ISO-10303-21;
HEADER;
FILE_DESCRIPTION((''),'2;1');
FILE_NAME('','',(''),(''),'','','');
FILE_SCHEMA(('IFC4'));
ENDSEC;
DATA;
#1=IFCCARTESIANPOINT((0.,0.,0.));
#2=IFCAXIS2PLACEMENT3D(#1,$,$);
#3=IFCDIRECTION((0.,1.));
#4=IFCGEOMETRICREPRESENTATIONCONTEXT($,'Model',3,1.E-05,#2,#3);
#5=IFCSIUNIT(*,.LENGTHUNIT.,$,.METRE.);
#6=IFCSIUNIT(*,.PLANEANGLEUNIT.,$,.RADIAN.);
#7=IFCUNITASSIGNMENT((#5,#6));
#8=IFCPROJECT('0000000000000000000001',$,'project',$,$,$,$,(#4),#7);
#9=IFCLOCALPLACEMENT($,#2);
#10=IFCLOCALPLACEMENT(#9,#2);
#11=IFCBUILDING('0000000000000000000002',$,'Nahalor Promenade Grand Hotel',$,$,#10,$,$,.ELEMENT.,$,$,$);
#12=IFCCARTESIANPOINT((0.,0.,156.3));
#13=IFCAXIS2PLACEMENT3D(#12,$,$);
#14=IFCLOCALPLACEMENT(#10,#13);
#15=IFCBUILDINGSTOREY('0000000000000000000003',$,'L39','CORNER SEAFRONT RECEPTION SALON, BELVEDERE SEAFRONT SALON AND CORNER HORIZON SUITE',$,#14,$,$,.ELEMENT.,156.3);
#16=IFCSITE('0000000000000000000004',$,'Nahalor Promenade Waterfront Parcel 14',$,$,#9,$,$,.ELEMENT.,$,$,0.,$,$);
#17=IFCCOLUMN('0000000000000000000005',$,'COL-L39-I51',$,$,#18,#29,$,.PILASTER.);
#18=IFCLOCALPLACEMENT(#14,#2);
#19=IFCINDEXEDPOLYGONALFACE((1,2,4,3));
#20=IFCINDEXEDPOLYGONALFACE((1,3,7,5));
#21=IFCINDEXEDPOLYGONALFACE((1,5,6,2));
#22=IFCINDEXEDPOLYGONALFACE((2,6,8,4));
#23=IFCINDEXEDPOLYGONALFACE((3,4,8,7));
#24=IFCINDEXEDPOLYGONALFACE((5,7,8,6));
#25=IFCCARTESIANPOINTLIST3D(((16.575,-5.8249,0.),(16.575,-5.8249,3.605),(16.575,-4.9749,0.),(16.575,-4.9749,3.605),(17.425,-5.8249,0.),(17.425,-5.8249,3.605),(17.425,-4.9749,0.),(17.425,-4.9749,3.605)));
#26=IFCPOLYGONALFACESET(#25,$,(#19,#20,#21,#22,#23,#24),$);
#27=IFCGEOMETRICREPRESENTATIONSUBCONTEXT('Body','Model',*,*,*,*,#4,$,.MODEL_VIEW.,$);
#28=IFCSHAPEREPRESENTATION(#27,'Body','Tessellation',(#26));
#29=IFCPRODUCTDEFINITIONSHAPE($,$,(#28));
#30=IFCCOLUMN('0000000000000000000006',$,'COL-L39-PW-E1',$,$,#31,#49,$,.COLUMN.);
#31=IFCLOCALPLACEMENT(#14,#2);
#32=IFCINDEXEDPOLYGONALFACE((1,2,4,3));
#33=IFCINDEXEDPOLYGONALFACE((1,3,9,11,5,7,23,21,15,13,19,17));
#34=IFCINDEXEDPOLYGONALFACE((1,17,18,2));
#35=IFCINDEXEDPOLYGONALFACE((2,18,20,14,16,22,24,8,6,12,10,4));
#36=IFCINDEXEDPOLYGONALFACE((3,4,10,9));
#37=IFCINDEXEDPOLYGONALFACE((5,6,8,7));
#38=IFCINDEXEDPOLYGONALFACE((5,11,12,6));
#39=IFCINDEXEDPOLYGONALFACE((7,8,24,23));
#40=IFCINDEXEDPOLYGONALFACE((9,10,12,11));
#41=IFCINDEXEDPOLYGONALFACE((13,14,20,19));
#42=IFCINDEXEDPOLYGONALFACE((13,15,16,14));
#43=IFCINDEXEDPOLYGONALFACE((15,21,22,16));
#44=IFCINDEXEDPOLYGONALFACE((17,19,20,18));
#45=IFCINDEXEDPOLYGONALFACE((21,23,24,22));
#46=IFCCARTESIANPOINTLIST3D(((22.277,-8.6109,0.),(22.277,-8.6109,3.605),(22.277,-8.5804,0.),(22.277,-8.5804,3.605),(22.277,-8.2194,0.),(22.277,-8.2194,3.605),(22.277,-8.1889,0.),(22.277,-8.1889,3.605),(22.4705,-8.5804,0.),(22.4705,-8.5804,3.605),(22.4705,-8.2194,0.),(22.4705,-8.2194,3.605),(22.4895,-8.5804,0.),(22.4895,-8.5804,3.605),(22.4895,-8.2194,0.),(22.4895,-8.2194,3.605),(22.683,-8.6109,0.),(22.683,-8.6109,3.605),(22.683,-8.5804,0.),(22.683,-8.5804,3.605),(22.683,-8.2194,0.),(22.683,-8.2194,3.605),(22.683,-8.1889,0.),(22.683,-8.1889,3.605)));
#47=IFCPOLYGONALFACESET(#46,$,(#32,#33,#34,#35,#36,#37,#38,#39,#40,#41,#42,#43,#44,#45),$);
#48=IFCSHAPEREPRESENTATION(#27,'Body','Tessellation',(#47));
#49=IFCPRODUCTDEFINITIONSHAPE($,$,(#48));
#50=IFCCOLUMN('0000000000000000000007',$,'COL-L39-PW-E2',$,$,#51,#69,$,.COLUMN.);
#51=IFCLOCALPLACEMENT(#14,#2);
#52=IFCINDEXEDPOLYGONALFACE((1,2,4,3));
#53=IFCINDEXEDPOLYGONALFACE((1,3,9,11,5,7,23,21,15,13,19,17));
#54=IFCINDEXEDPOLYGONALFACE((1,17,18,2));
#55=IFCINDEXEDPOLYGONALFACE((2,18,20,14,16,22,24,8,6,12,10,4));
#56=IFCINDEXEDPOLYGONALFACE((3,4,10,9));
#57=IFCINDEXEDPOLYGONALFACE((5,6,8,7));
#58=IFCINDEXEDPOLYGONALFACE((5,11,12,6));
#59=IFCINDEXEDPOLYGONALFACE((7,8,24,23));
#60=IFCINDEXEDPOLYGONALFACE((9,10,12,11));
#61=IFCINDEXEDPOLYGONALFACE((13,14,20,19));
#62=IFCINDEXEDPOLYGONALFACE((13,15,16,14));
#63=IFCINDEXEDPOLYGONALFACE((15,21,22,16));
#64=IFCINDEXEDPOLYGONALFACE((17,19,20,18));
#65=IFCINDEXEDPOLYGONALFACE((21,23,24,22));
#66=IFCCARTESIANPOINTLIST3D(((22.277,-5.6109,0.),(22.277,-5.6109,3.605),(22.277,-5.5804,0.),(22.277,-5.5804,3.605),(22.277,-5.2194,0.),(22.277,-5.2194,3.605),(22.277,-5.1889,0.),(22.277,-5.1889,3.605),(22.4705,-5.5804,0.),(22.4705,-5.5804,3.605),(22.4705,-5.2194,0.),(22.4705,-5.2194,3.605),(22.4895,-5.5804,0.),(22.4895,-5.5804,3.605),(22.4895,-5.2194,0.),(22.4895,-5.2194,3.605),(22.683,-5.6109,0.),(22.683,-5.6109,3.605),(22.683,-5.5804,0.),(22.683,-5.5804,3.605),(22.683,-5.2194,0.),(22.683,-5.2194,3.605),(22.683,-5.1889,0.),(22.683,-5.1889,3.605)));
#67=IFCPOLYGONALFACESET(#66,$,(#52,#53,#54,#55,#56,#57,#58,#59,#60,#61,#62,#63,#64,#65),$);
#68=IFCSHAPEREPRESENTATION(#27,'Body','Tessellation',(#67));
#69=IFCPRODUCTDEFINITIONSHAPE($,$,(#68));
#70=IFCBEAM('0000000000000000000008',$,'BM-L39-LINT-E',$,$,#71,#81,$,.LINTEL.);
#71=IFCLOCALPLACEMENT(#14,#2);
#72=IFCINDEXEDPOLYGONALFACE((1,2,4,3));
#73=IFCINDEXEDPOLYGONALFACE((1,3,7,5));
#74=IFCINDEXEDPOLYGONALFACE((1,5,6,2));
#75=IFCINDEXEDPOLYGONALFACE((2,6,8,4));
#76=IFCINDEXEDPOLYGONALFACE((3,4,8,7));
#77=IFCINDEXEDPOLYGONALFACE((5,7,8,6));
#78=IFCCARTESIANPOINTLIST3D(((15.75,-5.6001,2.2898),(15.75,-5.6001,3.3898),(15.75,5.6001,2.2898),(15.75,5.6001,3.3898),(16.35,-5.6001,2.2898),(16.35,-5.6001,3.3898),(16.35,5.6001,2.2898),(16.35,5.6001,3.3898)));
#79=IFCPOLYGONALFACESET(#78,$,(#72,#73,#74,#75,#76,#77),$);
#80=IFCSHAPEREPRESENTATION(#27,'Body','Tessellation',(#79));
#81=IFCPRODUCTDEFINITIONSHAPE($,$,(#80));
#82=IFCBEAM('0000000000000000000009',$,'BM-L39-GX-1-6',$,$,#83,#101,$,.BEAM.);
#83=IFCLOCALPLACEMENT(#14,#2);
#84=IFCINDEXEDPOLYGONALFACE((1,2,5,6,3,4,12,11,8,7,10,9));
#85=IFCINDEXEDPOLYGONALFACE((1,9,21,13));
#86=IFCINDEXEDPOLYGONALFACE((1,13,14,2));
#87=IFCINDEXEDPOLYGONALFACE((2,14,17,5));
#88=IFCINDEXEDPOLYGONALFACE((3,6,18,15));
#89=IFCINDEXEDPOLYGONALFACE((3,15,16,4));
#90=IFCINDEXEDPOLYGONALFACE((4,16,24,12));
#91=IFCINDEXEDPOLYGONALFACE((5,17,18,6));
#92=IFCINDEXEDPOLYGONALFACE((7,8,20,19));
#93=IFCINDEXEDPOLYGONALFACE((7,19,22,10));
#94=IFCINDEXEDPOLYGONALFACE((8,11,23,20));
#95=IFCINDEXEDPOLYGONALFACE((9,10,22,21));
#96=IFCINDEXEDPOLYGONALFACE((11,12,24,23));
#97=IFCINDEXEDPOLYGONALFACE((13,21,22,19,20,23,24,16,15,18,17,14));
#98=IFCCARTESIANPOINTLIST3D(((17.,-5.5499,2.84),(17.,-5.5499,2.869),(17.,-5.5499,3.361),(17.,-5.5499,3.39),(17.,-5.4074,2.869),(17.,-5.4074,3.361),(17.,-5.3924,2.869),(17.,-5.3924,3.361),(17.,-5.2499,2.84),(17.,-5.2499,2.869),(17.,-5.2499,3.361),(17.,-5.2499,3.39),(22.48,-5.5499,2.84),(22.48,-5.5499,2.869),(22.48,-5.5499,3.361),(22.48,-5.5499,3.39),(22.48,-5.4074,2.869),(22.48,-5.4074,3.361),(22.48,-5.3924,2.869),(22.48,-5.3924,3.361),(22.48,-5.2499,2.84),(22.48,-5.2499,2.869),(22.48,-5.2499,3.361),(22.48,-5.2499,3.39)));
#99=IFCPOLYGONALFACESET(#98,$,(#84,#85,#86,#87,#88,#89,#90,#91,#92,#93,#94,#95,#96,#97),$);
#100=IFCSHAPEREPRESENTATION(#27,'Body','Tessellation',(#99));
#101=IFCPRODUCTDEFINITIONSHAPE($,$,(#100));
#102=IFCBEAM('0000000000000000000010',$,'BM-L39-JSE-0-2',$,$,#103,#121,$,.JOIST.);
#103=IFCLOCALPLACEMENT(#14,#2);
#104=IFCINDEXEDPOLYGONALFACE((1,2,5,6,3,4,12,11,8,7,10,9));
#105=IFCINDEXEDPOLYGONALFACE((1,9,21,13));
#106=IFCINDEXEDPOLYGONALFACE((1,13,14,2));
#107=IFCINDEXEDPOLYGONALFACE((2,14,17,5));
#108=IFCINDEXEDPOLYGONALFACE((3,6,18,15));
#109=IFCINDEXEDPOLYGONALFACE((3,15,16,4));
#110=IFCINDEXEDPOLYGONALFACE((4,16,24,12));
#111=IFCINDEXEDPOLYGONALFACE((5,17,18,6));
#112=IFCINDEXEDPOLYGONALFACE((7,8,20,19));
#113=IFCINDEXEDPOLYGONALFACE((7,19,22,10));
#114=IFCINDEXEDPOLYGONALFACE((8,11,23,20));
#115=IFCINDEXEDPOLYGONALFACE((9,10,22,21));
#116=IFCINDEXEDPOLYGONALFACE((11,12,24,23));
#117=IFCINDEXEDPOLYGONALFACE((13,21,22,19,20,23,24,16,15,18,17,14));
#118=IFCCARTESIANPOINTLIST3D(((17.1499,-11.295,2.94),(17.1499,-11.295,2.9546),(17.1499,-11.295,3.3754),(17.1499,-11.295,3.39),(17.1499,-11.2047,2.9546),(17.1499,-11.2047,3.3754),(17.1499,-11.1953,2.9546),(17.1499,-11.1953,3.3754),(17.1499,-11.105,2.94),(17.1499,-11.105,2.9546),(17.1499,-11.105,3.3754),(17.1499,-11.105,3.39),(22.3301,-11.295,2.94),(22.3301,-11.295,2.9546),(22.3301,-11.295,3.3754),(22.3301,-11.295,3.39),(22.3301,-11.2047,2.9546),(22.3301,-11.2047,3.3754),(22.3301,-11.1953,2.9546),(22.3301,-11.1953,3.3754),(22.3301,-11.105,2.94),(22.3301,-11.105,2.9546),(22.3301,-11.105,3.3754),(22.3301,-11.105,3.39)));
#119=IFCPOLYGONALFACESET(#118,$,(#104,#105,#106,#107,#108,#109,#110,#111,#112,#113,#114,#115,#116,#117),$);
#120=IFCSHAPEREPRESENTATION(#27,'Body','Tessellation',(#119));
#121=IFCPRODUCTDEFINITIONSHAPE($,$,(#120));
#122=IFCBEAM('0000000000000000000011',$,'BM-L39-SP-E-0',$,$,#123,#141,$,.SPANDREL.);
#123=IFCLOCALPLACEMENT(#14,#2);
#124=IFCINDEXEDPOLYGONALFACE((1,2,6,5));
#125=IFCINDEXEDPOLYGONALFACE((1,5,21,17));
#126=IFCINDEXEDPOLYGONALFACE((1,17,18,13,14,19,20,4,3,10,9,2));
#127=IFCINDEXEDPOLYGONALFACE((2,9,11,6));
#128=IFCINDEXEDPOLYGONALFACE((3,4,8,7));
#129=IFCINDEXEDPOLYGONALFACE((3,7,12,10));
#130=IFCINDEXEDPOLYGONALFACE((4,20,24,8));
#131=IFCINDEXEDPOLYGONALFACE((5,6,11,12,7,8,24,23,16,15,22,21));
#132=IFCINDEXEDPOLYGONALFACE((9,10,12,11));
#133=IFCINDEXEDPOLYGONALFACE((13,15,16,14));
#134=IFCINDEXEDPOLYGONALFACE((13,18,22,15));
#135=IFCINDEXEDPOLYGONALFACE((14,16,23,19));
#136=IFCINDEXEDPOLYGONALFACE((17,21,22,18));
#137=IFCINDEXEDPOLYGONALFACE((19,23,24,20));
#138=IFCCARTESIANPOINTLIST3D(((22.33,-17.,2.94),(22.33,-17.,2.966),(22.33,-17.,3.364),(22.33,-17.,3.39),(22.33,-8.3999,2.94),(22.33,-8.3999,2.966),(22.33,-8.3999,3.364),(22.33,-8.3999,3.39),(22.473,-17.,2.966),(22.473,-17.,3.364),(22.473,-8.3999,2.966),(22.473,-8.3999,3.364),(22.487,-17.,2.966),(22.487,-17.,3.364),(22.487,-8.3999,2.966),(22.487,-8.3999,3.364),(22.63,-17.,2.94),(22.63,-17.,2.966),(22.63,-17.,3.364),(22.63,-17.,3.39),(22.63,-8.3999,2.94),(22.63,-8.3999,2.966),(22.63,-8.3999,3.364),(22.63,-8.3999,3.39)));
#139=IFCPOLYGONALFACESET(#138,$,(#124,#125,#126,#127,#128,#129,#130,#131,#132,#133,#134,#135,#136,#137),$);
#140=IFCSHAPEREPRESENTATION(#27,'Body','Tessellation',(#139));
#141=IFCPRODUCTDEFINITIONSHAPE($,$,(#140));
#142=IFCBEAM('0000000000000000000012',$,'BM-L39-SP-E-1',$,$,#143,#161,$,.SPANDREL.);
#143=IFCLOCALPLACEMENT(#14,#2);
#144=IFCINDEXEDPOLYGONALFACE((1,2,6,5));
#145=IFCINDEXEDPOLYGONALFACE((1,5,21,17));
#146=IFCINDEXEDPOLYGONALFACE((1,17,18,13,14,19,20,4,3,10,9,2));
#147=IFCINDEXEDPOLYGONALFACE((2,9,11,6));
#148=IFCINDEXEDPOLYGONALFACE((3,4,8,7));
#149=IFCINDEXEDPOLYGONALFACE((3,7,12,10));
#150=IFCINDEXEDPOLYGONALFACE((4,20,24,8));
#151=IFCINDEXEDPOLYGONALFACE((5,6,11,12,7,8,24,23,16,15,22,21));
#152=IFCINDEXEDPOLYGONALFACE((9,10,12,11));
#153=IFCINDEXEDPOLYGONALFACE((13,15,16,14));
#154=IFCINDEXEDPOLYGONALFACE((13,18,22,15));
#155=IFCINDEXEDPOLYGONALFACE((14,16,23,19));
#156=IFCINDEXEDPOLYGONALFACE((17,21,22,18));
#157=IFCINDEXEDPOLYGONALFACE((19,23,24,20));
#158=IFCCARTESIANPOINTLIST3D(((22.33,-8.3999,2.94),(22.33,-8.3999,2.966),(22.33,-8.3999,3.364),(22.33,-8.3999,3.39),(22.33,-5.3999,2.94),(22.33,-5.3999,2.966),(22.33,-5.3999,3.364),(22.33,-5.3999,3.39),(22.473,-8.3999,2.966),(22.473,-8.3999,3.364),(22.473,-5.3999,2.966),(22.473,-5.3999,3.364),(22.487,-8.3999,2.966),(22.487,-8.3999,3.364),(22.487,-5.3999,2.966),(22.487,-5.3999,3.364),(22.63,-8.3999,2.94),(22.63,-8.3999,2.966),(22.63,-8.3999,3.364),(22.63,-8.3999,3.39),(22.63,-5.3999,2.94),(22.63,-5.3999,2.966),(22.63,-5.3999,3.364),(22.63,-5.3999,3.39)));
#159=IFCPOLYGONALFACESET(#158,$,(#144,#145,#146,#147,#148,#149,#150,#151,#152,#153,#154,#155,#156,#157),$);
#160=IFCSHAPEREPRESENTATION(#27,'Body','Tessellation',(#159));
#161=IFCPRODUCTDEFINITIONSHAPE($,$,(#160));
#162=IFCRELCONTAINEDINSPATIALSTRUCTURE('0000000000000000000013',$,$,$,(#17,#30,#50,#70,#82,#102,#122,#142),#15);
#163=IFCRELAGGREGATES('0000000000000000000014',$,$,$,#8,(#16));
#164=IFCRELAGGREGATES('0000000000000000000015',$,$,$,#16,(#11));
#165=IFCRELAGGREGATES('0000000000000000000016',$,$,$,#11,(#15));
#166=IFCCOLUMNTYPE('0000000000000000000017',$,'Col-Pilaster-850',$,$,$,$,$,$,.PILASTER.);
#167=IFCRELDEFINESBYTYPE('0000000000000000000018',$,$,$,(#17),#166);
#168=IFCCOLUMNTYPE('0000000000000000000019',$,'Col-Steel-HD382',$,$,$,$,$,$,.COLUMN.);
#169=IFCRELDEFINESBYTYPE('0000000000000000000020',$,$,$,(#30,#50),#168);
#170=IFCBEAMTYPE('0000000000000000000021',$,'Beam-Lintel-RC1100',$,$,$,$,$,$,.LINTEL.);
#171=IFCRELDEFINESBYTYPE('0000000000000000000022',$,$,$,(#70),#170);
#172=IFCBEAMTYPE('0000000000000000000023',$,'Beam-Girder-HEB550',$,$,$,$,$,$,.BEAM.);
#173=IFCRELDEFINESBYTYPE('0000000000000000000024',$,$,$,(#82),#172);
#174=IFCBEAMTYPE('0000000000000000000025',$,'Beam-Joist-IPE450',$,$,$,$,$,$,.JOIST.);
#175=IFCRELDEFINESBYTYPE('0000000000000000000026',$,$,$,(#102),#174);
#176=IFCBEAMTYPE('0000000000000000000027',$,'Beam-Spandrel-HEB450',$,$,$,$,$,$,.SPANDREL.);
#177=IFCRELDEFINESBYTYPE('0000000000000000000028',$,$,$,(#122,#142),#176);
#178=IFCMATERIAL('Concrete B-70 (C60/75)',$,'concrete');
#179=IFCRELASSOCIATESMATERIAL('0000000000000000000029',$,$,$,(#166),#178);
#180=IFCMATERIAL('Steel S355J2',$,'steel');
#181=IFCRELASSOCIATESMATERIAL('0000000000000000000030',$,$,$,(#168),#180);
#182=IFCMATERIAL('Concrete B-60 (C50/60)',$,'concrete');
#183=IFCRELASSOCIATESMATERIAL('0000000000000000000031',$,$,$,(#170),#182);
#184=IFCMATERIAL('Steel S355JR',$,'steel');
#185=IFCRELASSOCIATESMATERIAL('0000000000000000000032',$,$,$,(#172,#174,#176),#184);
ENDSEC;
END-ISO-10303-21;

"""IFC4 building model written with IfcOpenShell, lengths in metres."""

from ifc_helpers import new_model, si_unit, direction, frame, origin, origin_2d, place, context, subcontext, project, spatial, rectangle, i_section, extrude, source, transform, mapped, material, material_profile, profile_set, type_object, element, save


model = new_model("IFC4")

# Units and contexts
model_context = context("Model", 3, precision=1e-05, world=origin(), true_north=direction((0.0, 1.0)))
body_context = subcontext(model_context, "Body", "Model", "MODEL_VIEW")
ifc_project = project(units=[si_unit("LENGTHUNIT", "METRE"), si_unit("PLANEANGLEUNIT", "RADIAN")], contexts=[model_context])

# Site, building, storey
site_placement = place(None, origin())
site = spatial("IfcSite", under=ifc_project, at=site_placement, Name="Nahalor Promenade Waterfront Parcel 14", CompositionType="ELEMENT", RefElevation=0.0)
building_placement = place(site_placement, origin())
building = spatial("IfcBuilding", under=site, at=building_placement, Name="Nahalor Promenade Grand Hotel", CompositionType="ELEMENT")
storey_placement = place(building_placement, frame((0.0, 0.0, 156.3)))
storey = spatial("IfcBuildingStorey", under=building, at=storey_placement, Name="L39", Description="CORNER SEAFRONT RECEPTION SALON, BELVEDERE SEAFRONT SALON AND CORNER HORIZON SUITE", CompositionType="ELEMENT", Elevation=156.3)

# Columns
ifc_material_1 = material(Name="Concrete B-70 (C60/75)", Category="concrete")
ifc_material_profile_1 = material_profile(ifc_material_1, rectangle(XDim=0.85, YDim=0.85, at=origin_2d()), Name="RC 850x850")
ifc_profile_set_1 = profile_set([ifc_material_profile_1], Name="Concrete B-70 (C60/75)")
column_type_1 = type_object("IfcColumnType", Name="Col-Pilaster-850", PredefinedType="PILASTER", material=ifc_profile_set_1)
shared_shape_1 = source(origin(), body_context, "Body", "SweptSolid", [
    extrude(rectangle(XDim=0.85, YDim=0.85, at=origin_2d()), origin(), (0.0, 0.0, 1.0), 3.605),
])
column_placement = place(storey_placement, frame((17.0, -5.3999, 0.0), z_axis=(0.0, 0.0, 1.0), x_axis=(1.0, 0.0, 0.0)))
element("IfcColumn", 1, at=column_placement, inside=storey, type_object=column_type_1, Name="COL-L39-I51", PredefinedType="PILASTER", context=body_context, shape_type="MappedRepresentation", body=[
    mapped(shared_shape_1, transform((0.0, 0.0, 0.0), scale=1.0)),
])
ifc_material_2 = material(Name="Steel S355J2", Category="steel")
ifc_material_profile_2 = material_profile(ifc_material_2, i_section(OverallWidth=0.406, OverallDepth=0.422, WebThickness=0.019, FlangeThickness=0.0305, at=origin_2d()), Name="HD 400x382")
ifc_profile_set_2 = profile_set([ifc_material_profile_2], Name="Steel S355J2")
column_type_2 = type_object("IfcColumnType", Name="Col-Steel-HD382", PredefinedType="COLUMN", material=ifc_profile_set_2)
shared_shape_2 = source(origin(), body_context, "Body", "SweptSolid", [
    extrude(i_section(OverallWidth=0.406, OverallDepth=0.422, WebThickness=0.019, FlangeThickness=0.0305, at=origin_2d()), origin(), (0.0, 0.0, 1.0), 3.605),
])
for number, where, z_axis, x_axis, name in (
    (2, (22.48, -8.3999, 0.0), (0.0, 0.0, 1.0), (1.0, 0.0, 0.0), "COL-L39-PW-E1"),
    (3, (22.48, -5.3999, 0.0), (0.0, 0.0, 1.0), (1.0, 0.0, 0.0), "COL-L39-PW-E2"),
):
    element("IfcColumn", number, at=place(storey_placement, frame(where, z_axis=z_axis, x_axis=x_axis)), inside=storey, type_object=column_type_2, Name=name, PredefinedType="COLUMN", context=body_context, shape_type="MappedRepresentation", body=[
        mapped(shared_shape_2, transform((0.0, 0.0, 0.0), scale=1.0)),
    ])

# Beams
ifc_material_3 = material(Name="Concrete B-60 (C50/60)", Category="concrete")
ifc_material_profile_3 = material_profile(ifc_material_3, rectangle(XDim=0.6, YDim=1.1, at=origin_2d()), Name="RC 600x1100")
ifc_profile_set_3 = profile_set([ifc_material_profile_3], Name="Concrete B-60 (C50/60)")
beam_type_1 = type_object("IfcBeamType", Name="Beam-Lintel-RC1100", PredefinedType="LINTEL", material=ifc_profile_set_3)
shared_shape_3 = source(origin(), body_context, "Body", "SweptSolid", [
    extrude(rectangle(XDim=0.6, YDim=1.1, at=origin_2d()), origin(), (0.0, 0.0, 1.0), 11.2002),
])
beam_1_placement = place(storey_placement, frame((16.05, -5.6001, 2.8398), z_axis=(0.0, 1.0, 0.0), x_axis=(-1.0, 0.0, 0.0)))
element("IfcBeam", 4, at=beam_1_placement, inside=storey, type_object=beam_type_1, Name="BM-L39-LINT-E", PredefinedType="LINTEL", context=body_context, shape_type="MappedRepresentation", body=[
    mapped(shared_shape_3, transform((0.0, 0.0, 0.0), scale=1.0)),
])
ifc_material_4 = material(Name="Steel S355JR", Category="steel")
ifc_material_profile_4 = material_profile(ifc_material_4, i_section(OverallWidth=0.3, OverallDepth=0.55, WebThickness=0.015, FlangeThickness=0.029, at=origin_2d()), Name="HEB 550")
ifc_profile_set_4 = profile_set([ifc_material_profile_4], Name="Steel S355JR")
beam_type_2 = type_object("IfcBeamType", Name="Beam-Girder-HEB550", PredefinedType="BEAM", material=ifc_profile_set_4)
shared_shape_4 = source(origin(), body_context, "Body", "SweptSolid", [
    extrude(i_section(OverallWidth=0.3, OverallDepth=0.55, WebThickness=0.015, FlangeThickness=0.029, at=origin_2d()), origin(), (0.0, 0.0, 1.0), 5.48),
])
beam_2_placement = place(storey_placement, frame((17.0, -5.3999, 3.115), z_axis=(1.0, 0.0, 0.0), x_axis=(0.0, 1.0, 0.0)))
element("IfcBeam", 5, at=beam_2_placement, inside=storey, type_object=beam_type_2, Name="BM-L39-GX-1-6", PredefinedType="BEAM", context=body_context, shape_type="MappedRepresentation", body=[
    mapped(shared_shape_4, transform((0.0, 0.0, 0.0), scale=1.0)),
])
ifc_material_profile_5 = material_profile(ifc_material_4, i_section(OverallWidth=0.19, OverallDepth=0.45, WebThickness=0.0094, FlangeThickness=0.0146, at=origin_2d()), Name="IPE 450")
ifc_profile_set_5 = profile_set([ifc_material_profile_5], Name="Steel S355JR")
beam_type_3 = type_object("IfcBeamType", Name="Beam-Joist-IPE450", PredefinedType="JOIST", material=ifc_profile_set_5)
shared_shape_5 = source(origin(), body_context, "Body", "SweptSolid", [
    extrude(i_section(OverallWidth=0.19, OverallDepth=0.45, WebThickness=0.0094, FlangeThickness=0.0146, at=origin_2d()), origin(), (0.0, 0.0, 1.0), 5.1802),
])
beam_3_placement = place(storey_placement, frame((17.1499, -11.2, 3.165), z_axis=(1.0, 0.0, 0.0), x_axis=(0.0, 1.0, 0.0)))
element("IfcBeam", 6, at=beam_3_placement, inside=storey, type_object=beam_type_3, Name="BM-L39-JSE-0-2", PredefinedType="JOIST", context=body_context, shape_type="MappedRepresentation", body=[
    mapped(shared_shape_5, transform((0.0, 0.0, 0.0), scale=1.0)),
])
ifc_material_profile_6 = material_profile(ifc_material_4, i_section(OverallWidth=0.3, OverallDepth=0.45, WebThickness=0.014, FlangeThickness=0.026, at=origin_2d()), Name="HEB 450")
ifc_profile_set_6 = profile_set([ifc_material_profile_6], Name="Steel S355JR")
beam_type_4 = type_object("IfcBeamType", Name="Beam-Spandrel-HEB450", PredefinedType="SPANDREL", material=ifc_profile_set_6)
shared_shape_6 = source(origin(), body_context, "Body", "SweptSolid", [
    extrude(i_section(OverallWidth=0.3, OverallDepth=0.45, WebThickness=0.014, FlangeThickness=0.026, at=origin_2d()), origin(), (0.0, 0.0, 1.0), 8.6001),
])
beam_4_placement = place(storey_placement, frame((22.48, -17.0, 3.165), z_axis=(0.0, 1.0, 0.0), x_axis=(-1.0, 0.0, 0.0)))
element("IfcBeam", 7, at=beam_4_placement, inside=storey, type_object=beam_type_4, Name="BM-L39-SP-E-0", PredefinedType="SPANDREL", context=body_context, shape_type="MappedRepresentation", body=[
    mapped(shared_shape_6, transform((0.0, 0.0, 0.0), scale=1.0)),
])
shared_shape_7 = source(origin(), body_context, "Body", "SweptSolid", [
    extrude(i_section(OverallWidth=0.3, OverallDepth=0.45, WebThickness=0.014, FlangeThickness=0.026, at=origin_2d()), origin(), (0.0, 0.0, 1.0), 3.0),
])
beam_5_placement = place(storey_placement, frame((22.48, -8.3999, 3.165), z_axis=(0.0, 1.0, 0.0), x_axis=(-1.0, 0.0, 0.0)))
element("IfcBeam", 8, at=beam_5_placement, inside=storey, type_object=beam_type_4, Name="BM-L39-SP-E-1", PredefinedType="SPANDREL", context=body_context, shape_type="MappedRepresentation", body=[
    mapped(shared_shape_7, transform((0.0, 0.0, 0.0), scale=1.0)),
])

save(model, "model.ifc")
